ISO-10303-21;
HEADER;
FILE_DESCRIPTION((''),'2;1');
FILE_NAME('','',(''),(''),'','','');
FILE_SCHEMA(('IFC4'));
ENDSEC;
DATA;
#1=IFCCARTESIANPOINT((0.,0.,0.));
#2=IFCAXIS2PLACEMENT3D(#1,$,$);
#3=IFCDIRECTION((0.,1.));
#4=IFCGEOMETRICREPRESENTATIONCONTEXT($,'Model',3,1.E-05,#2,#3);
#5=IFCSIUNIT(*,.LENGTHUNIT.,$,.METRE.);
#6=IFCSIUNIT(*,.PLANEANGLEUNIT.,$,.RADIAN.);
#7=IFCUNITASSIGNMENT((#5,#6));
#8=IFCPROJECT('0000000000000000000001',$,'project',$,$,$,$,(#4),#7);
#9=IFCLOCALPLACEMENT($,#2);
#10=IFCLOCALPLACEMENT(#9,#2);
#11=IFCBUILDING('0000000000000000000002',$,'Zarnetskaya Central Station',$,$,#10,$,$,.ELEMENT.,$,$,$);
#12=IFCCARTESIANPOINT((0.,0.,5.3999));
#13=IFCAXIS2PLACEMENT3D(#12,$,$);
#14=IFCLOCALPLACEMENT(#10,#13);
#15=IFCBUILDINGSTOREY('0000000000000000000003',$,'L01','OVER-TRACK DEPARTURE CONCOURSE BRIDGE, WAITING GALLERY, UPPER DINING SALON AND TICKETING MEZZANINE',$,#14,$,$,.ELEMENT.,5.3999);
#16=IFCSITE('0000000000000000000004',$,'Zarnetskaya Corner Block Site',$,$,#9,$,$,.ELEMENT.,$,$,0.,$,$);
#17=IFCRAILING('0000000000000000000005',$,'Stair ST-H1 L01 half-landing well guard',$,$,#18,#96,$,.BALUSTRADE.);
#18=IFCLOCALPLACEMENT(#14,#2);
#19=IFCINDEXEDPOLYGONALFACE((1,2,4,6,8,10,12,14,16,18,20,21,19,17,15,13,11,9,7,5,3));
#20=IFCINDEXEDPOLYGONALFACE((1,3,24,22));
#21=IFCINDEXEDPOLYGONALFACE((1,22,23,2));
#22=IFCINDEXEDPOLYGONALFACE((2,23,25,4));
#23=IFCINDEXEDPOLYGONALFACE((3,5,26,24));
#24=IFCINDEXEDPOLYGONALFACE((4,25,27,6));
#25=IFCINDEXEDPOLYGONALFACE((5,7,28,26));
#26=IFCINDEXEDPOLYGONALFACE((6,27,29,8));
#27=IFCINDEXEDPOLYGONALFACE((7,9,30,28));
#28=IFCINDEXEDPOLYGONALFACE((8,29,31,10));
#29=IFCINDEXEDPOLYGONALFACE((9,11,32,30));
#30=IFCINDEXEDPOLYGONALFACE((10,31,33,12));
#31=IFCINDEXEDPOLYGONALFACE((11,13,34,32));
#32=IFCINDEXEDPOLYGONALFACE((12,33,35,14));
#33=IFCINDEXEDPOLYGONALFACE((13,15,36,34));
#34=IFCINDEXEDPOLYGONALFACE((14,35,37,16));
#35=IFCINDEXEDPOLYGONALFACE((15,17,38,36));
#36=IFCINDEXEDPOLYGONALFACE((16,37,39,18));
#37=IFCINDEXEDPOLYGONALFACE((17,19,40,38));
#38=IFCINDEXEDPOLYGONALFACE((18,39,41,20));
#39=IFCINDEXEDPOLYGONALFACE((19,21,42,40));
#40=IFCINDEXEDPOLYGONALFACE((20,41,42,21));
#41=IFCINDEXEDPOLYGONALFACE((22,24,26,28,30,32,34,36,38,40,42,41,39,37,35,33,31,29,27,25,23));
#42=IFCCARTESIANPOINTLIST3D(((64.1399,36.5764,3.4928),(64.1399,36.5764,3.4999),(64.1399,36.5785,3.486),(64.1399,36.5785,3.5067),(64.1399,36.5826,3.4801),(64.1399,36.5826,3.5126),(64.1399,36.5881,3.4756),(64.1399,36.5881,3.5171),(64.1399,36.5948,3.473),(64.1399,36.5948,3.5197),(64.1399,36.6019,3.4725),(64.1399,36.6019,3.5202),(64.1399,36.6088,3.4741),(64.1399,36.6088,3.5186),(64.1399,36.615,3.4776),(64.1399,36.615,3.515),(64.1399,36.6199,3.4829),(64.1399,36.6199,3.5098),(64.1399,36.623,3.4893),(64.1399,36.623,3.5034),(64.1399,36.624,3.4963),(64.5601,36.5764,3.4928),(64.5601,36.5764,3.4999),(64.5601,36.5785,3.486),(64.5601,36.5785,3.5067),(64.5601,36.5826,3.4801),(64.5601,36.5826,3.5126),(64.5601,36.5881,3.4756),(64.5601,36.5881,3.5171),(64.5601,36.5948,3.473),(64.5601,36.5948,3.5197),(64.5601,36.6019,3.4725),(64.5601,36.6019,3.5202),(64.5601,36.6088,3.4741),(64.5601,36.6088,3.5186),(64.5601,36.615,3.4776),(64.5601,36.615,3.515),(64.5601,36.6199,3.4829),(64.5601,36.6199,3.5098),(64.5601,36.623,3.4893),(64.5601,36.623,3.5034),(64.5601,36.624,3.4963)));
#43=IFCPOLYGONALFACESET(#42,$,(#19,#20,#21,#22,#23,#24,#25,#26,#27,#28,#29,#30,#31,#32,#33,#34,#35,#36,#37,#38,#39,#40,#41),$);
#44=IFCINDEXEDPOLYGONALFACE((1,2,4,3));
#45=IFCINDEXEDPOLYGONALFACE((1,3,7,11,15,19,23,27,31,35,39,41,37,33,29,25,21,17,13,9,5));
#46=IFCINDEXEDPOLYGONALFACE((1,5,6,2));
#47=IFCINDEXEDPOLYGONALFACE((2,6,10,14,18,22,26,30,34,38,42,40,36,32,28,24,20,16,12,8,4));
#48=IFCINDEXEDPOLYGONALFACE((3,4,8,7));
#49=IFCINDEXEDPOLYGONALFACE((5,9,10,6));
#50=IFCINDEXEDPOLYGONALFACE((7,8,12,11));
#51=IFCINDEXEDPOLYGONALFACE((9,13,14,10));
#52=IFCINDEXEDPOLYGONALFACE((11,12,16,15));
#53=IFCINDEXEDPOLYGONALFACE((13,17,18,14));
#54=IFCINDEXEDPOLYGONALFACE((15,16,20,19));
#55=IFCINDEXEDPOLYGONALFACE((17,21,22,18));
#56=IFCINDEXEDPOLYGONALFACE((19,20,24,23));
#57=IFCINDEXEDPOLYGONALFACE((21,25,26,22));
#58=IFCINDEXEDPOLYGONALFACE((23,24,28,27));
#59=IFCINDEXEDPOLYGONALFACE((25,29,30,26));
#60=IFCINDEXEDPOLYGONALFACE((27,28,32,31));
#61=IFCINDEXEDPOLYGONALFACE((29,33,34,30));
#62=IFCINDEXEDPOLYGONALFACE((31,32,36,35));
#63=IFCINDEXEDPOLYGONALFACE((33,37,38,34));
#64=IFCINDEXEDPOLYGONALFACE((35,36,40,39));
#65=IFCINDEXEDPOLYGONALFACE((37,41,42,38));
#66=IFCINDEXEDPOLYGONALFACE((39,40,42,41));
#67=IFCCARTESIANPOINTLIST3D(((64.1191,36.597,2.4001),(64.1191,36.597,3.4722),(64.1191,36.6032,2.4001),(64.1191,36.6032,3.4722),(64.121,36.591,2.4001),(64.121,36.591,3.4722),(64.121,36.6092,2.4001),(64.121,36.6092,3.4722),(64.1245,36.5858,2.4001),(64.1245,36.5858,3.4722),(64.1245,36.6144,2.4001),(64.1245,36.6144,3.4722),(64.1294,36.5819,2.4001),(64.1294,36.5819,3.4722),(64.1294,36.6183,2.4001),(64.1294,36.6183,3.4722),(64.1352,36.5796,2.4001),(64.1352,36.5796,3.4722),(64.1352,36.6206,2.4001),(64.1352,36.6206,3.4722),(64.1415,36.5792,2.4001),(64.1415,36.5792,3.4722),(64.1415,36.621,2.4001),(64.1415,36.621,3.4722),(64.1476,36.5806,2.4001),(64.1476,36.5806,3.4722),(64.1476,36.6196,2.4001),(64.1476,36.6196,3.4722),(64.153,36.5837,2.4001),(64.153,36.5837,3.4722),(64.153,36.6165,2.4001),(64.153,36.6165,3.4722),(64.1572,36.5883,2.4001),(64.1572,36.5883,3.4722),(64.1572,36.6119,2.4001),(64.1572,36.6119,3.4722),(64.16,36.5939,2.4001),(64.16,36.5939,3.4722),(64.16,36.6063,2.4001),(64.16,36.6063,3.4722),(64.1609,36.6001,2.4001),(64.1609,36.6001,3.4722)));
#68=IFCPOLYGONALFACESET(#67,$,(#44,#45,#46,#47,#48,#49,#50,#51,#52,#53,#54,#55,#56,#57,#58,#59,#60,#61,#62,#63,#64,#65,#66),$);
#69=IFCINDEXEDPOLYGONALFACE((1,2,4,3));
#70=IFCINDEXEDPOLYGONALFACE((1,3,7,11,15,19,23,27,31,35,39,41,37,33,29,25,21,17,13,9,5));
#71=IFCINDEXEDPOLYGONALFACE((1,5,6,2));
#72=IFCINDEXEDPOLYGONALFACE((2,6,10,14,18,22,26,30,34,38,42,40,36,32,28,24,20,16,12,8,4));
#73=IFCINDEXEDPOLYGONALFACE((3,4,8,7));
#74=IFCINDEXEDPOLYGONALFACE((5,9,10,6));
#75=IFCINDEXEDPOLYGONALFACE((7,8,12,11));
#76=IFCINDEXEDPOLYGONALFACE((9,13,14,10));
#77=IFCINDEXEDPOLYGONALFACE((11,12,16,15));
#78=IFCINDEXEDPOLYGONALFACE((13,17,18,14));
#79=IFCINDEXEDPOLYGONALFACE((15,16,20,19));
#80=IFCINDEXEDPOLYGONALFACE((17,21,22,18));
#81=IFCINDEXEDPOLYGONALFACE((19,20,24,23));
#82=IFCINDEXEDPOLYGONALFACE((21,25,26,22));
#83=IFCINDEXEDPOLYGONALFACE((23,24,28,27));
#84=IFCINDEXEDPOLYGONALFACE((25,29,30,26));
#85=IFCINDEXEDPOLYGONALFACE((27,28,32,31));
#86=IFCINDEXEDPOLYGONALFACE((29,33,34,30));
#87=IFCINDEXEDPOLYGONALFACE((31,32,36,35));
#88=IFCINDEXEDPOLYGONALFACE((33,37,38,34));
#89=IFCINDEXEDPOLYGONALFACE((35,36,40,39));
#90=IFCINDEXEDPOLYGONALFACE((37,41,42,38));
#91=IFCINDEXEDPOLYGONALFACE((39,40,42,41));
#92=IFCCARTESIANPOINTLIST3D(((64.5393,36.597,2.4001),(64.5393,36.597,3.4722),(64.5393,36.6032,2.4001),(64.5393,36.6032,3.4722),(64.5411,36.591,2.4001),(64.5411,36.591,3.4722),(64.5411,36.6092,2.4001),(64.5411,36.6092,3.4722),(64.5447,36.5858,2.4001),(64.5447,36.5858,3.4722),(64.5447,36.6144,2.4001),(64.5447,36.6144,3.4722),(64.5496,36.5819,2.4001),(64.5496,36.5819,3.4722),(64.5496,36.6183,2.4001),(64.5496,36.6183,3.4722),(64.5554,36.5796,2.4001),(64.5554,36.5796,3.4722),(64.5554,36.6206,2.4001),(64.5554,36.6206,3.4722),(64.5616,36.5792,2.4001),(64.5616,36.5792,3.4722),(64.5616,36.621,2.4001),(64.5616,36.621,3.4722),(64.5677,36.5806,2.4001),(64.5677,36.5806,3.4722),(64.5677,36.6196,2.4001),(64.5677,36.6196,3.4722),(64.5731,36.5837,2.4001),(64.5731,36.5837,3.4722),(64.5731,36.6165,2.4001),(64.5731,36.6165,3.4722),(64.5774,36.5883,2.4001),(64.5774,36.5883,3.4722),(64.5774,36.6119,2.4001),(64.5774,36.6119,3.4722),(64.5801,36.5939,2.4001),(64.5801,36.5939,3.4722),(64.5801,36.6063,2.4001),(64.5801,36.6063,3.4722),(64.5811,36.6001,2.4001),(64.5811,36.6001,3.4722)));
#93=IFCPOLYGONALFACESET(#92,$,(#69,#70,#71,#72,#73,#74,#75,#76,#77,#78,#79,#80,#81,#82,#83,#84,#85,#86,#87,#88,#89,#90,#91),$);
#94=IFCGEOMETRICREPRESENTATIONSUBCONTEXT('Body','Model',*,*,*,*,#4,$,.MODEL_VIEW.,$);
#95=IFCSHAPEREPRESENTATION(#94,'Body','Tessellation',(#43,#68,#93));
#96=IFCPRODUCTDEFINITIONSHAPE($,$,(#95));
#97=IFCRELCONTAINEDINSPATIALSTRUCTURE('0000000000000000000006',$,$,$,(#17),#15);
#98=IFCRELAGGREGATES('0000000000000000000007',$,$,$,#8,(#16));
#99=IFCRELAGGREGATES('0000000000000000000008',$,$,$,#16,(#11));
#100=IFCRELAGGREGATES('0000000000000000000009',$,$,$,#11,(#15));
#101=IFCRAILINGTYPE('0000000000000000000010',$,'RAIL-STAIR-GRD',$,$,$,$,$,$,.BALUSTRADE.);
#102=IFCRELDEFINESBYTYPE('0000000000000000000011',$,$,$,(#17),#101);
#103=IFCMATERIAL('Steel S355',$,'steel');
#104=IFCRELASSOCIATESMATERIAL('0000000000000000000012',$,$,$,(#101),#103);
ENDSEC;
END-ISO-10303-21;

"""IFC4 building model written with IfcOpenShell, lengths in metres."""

from ifc_helpers import new_model, si_unit, direction, frame, origin, origin_2d, place, context, subcontext, project, spatial, circle, extrude, material, type_object, element, save


model = new_model("IFC4")

# Units and contexts
model_context = context("Model", 3, precision=1e-05, world=origin(), true_north=direction((0.0, 1.0)))
body_context = subcontext(model_context, "Body", "Model", "MODEL_VIEW")
ifc_project = project(units=[si_unit("LENGTHUNIT", "METRE"), si_unit("PLANEANGLEUNIT", "RADIAN")], contexts=[model_context])

# Site, building, storey
site_placement = place(None, origin())
site = spatial("IfcSite", under=ifc_project, at=site_placement, Name="Zarnetskaya Corner Block Site", CompositionType="ELEMENT", RefElevation=0.0)
building_placement = place(site_placement, origin())
building = spatial("IfcBuilding", under=site, at=building_placement, Name="Zarnetskaya Central Station", CompositionType="ELEMENT")
storey_placement = place(building_placement, frame((0.0, 0.0, 5.3999)))
storey = spatial("IfcBuildingStorey", under=building, at=storey_placement, Name="L01", Description="OVER-TRACK DEPARTURE CONCOURSE BRIDGE, WAITING GALLERY, UPPER DINING SALON AND TICKETING MEZZANINE", CompositionType="ELEMENT", Elevation=5.3999)

# Shared definitions
ifc_material_1 = material(Name="Steel S355", Category="steel")

# Railing
railing_type_1 = type_object("IfcRailingType", Name="RAIL-STAIR-GRD", PredefinedType="BALUSTRADE", material=ifc_material_1)
railing_1_placement = place(storey_placement, frame((64.1399, 36.6001, 2.4001)))
element("IfcRailing", 1, at=railing_1_placement, inside=storey, type_object=railing_type_1, Name="Stair ST-H1 L01 half-landing well guard", PredefinedType="BALUSTRADE", context=body_context, shape_type="SweptSolid", body=[
    extrude(circle(Radius=0.0239, at=origin_2d()), frame((0.0, 0.0, 1.0962), z_axis=(1.0, 0.0, 0.0), x_axis=(0.0, 1.0, 0.0)), (0.0, 0.0, 1.0), 0.4202),
    extrude(circle(Radius=0.021, at=origin_2d()), origin(), (0.0, 0.0, 1.0), 1.072),
    extrude(circle(Radius=0.021, at=origin_2d()), frame((0.4202, 0.0, 0.0)), (0.0, 0.0, 1.0), 1.072),
])

save(model, "model.ifc")
